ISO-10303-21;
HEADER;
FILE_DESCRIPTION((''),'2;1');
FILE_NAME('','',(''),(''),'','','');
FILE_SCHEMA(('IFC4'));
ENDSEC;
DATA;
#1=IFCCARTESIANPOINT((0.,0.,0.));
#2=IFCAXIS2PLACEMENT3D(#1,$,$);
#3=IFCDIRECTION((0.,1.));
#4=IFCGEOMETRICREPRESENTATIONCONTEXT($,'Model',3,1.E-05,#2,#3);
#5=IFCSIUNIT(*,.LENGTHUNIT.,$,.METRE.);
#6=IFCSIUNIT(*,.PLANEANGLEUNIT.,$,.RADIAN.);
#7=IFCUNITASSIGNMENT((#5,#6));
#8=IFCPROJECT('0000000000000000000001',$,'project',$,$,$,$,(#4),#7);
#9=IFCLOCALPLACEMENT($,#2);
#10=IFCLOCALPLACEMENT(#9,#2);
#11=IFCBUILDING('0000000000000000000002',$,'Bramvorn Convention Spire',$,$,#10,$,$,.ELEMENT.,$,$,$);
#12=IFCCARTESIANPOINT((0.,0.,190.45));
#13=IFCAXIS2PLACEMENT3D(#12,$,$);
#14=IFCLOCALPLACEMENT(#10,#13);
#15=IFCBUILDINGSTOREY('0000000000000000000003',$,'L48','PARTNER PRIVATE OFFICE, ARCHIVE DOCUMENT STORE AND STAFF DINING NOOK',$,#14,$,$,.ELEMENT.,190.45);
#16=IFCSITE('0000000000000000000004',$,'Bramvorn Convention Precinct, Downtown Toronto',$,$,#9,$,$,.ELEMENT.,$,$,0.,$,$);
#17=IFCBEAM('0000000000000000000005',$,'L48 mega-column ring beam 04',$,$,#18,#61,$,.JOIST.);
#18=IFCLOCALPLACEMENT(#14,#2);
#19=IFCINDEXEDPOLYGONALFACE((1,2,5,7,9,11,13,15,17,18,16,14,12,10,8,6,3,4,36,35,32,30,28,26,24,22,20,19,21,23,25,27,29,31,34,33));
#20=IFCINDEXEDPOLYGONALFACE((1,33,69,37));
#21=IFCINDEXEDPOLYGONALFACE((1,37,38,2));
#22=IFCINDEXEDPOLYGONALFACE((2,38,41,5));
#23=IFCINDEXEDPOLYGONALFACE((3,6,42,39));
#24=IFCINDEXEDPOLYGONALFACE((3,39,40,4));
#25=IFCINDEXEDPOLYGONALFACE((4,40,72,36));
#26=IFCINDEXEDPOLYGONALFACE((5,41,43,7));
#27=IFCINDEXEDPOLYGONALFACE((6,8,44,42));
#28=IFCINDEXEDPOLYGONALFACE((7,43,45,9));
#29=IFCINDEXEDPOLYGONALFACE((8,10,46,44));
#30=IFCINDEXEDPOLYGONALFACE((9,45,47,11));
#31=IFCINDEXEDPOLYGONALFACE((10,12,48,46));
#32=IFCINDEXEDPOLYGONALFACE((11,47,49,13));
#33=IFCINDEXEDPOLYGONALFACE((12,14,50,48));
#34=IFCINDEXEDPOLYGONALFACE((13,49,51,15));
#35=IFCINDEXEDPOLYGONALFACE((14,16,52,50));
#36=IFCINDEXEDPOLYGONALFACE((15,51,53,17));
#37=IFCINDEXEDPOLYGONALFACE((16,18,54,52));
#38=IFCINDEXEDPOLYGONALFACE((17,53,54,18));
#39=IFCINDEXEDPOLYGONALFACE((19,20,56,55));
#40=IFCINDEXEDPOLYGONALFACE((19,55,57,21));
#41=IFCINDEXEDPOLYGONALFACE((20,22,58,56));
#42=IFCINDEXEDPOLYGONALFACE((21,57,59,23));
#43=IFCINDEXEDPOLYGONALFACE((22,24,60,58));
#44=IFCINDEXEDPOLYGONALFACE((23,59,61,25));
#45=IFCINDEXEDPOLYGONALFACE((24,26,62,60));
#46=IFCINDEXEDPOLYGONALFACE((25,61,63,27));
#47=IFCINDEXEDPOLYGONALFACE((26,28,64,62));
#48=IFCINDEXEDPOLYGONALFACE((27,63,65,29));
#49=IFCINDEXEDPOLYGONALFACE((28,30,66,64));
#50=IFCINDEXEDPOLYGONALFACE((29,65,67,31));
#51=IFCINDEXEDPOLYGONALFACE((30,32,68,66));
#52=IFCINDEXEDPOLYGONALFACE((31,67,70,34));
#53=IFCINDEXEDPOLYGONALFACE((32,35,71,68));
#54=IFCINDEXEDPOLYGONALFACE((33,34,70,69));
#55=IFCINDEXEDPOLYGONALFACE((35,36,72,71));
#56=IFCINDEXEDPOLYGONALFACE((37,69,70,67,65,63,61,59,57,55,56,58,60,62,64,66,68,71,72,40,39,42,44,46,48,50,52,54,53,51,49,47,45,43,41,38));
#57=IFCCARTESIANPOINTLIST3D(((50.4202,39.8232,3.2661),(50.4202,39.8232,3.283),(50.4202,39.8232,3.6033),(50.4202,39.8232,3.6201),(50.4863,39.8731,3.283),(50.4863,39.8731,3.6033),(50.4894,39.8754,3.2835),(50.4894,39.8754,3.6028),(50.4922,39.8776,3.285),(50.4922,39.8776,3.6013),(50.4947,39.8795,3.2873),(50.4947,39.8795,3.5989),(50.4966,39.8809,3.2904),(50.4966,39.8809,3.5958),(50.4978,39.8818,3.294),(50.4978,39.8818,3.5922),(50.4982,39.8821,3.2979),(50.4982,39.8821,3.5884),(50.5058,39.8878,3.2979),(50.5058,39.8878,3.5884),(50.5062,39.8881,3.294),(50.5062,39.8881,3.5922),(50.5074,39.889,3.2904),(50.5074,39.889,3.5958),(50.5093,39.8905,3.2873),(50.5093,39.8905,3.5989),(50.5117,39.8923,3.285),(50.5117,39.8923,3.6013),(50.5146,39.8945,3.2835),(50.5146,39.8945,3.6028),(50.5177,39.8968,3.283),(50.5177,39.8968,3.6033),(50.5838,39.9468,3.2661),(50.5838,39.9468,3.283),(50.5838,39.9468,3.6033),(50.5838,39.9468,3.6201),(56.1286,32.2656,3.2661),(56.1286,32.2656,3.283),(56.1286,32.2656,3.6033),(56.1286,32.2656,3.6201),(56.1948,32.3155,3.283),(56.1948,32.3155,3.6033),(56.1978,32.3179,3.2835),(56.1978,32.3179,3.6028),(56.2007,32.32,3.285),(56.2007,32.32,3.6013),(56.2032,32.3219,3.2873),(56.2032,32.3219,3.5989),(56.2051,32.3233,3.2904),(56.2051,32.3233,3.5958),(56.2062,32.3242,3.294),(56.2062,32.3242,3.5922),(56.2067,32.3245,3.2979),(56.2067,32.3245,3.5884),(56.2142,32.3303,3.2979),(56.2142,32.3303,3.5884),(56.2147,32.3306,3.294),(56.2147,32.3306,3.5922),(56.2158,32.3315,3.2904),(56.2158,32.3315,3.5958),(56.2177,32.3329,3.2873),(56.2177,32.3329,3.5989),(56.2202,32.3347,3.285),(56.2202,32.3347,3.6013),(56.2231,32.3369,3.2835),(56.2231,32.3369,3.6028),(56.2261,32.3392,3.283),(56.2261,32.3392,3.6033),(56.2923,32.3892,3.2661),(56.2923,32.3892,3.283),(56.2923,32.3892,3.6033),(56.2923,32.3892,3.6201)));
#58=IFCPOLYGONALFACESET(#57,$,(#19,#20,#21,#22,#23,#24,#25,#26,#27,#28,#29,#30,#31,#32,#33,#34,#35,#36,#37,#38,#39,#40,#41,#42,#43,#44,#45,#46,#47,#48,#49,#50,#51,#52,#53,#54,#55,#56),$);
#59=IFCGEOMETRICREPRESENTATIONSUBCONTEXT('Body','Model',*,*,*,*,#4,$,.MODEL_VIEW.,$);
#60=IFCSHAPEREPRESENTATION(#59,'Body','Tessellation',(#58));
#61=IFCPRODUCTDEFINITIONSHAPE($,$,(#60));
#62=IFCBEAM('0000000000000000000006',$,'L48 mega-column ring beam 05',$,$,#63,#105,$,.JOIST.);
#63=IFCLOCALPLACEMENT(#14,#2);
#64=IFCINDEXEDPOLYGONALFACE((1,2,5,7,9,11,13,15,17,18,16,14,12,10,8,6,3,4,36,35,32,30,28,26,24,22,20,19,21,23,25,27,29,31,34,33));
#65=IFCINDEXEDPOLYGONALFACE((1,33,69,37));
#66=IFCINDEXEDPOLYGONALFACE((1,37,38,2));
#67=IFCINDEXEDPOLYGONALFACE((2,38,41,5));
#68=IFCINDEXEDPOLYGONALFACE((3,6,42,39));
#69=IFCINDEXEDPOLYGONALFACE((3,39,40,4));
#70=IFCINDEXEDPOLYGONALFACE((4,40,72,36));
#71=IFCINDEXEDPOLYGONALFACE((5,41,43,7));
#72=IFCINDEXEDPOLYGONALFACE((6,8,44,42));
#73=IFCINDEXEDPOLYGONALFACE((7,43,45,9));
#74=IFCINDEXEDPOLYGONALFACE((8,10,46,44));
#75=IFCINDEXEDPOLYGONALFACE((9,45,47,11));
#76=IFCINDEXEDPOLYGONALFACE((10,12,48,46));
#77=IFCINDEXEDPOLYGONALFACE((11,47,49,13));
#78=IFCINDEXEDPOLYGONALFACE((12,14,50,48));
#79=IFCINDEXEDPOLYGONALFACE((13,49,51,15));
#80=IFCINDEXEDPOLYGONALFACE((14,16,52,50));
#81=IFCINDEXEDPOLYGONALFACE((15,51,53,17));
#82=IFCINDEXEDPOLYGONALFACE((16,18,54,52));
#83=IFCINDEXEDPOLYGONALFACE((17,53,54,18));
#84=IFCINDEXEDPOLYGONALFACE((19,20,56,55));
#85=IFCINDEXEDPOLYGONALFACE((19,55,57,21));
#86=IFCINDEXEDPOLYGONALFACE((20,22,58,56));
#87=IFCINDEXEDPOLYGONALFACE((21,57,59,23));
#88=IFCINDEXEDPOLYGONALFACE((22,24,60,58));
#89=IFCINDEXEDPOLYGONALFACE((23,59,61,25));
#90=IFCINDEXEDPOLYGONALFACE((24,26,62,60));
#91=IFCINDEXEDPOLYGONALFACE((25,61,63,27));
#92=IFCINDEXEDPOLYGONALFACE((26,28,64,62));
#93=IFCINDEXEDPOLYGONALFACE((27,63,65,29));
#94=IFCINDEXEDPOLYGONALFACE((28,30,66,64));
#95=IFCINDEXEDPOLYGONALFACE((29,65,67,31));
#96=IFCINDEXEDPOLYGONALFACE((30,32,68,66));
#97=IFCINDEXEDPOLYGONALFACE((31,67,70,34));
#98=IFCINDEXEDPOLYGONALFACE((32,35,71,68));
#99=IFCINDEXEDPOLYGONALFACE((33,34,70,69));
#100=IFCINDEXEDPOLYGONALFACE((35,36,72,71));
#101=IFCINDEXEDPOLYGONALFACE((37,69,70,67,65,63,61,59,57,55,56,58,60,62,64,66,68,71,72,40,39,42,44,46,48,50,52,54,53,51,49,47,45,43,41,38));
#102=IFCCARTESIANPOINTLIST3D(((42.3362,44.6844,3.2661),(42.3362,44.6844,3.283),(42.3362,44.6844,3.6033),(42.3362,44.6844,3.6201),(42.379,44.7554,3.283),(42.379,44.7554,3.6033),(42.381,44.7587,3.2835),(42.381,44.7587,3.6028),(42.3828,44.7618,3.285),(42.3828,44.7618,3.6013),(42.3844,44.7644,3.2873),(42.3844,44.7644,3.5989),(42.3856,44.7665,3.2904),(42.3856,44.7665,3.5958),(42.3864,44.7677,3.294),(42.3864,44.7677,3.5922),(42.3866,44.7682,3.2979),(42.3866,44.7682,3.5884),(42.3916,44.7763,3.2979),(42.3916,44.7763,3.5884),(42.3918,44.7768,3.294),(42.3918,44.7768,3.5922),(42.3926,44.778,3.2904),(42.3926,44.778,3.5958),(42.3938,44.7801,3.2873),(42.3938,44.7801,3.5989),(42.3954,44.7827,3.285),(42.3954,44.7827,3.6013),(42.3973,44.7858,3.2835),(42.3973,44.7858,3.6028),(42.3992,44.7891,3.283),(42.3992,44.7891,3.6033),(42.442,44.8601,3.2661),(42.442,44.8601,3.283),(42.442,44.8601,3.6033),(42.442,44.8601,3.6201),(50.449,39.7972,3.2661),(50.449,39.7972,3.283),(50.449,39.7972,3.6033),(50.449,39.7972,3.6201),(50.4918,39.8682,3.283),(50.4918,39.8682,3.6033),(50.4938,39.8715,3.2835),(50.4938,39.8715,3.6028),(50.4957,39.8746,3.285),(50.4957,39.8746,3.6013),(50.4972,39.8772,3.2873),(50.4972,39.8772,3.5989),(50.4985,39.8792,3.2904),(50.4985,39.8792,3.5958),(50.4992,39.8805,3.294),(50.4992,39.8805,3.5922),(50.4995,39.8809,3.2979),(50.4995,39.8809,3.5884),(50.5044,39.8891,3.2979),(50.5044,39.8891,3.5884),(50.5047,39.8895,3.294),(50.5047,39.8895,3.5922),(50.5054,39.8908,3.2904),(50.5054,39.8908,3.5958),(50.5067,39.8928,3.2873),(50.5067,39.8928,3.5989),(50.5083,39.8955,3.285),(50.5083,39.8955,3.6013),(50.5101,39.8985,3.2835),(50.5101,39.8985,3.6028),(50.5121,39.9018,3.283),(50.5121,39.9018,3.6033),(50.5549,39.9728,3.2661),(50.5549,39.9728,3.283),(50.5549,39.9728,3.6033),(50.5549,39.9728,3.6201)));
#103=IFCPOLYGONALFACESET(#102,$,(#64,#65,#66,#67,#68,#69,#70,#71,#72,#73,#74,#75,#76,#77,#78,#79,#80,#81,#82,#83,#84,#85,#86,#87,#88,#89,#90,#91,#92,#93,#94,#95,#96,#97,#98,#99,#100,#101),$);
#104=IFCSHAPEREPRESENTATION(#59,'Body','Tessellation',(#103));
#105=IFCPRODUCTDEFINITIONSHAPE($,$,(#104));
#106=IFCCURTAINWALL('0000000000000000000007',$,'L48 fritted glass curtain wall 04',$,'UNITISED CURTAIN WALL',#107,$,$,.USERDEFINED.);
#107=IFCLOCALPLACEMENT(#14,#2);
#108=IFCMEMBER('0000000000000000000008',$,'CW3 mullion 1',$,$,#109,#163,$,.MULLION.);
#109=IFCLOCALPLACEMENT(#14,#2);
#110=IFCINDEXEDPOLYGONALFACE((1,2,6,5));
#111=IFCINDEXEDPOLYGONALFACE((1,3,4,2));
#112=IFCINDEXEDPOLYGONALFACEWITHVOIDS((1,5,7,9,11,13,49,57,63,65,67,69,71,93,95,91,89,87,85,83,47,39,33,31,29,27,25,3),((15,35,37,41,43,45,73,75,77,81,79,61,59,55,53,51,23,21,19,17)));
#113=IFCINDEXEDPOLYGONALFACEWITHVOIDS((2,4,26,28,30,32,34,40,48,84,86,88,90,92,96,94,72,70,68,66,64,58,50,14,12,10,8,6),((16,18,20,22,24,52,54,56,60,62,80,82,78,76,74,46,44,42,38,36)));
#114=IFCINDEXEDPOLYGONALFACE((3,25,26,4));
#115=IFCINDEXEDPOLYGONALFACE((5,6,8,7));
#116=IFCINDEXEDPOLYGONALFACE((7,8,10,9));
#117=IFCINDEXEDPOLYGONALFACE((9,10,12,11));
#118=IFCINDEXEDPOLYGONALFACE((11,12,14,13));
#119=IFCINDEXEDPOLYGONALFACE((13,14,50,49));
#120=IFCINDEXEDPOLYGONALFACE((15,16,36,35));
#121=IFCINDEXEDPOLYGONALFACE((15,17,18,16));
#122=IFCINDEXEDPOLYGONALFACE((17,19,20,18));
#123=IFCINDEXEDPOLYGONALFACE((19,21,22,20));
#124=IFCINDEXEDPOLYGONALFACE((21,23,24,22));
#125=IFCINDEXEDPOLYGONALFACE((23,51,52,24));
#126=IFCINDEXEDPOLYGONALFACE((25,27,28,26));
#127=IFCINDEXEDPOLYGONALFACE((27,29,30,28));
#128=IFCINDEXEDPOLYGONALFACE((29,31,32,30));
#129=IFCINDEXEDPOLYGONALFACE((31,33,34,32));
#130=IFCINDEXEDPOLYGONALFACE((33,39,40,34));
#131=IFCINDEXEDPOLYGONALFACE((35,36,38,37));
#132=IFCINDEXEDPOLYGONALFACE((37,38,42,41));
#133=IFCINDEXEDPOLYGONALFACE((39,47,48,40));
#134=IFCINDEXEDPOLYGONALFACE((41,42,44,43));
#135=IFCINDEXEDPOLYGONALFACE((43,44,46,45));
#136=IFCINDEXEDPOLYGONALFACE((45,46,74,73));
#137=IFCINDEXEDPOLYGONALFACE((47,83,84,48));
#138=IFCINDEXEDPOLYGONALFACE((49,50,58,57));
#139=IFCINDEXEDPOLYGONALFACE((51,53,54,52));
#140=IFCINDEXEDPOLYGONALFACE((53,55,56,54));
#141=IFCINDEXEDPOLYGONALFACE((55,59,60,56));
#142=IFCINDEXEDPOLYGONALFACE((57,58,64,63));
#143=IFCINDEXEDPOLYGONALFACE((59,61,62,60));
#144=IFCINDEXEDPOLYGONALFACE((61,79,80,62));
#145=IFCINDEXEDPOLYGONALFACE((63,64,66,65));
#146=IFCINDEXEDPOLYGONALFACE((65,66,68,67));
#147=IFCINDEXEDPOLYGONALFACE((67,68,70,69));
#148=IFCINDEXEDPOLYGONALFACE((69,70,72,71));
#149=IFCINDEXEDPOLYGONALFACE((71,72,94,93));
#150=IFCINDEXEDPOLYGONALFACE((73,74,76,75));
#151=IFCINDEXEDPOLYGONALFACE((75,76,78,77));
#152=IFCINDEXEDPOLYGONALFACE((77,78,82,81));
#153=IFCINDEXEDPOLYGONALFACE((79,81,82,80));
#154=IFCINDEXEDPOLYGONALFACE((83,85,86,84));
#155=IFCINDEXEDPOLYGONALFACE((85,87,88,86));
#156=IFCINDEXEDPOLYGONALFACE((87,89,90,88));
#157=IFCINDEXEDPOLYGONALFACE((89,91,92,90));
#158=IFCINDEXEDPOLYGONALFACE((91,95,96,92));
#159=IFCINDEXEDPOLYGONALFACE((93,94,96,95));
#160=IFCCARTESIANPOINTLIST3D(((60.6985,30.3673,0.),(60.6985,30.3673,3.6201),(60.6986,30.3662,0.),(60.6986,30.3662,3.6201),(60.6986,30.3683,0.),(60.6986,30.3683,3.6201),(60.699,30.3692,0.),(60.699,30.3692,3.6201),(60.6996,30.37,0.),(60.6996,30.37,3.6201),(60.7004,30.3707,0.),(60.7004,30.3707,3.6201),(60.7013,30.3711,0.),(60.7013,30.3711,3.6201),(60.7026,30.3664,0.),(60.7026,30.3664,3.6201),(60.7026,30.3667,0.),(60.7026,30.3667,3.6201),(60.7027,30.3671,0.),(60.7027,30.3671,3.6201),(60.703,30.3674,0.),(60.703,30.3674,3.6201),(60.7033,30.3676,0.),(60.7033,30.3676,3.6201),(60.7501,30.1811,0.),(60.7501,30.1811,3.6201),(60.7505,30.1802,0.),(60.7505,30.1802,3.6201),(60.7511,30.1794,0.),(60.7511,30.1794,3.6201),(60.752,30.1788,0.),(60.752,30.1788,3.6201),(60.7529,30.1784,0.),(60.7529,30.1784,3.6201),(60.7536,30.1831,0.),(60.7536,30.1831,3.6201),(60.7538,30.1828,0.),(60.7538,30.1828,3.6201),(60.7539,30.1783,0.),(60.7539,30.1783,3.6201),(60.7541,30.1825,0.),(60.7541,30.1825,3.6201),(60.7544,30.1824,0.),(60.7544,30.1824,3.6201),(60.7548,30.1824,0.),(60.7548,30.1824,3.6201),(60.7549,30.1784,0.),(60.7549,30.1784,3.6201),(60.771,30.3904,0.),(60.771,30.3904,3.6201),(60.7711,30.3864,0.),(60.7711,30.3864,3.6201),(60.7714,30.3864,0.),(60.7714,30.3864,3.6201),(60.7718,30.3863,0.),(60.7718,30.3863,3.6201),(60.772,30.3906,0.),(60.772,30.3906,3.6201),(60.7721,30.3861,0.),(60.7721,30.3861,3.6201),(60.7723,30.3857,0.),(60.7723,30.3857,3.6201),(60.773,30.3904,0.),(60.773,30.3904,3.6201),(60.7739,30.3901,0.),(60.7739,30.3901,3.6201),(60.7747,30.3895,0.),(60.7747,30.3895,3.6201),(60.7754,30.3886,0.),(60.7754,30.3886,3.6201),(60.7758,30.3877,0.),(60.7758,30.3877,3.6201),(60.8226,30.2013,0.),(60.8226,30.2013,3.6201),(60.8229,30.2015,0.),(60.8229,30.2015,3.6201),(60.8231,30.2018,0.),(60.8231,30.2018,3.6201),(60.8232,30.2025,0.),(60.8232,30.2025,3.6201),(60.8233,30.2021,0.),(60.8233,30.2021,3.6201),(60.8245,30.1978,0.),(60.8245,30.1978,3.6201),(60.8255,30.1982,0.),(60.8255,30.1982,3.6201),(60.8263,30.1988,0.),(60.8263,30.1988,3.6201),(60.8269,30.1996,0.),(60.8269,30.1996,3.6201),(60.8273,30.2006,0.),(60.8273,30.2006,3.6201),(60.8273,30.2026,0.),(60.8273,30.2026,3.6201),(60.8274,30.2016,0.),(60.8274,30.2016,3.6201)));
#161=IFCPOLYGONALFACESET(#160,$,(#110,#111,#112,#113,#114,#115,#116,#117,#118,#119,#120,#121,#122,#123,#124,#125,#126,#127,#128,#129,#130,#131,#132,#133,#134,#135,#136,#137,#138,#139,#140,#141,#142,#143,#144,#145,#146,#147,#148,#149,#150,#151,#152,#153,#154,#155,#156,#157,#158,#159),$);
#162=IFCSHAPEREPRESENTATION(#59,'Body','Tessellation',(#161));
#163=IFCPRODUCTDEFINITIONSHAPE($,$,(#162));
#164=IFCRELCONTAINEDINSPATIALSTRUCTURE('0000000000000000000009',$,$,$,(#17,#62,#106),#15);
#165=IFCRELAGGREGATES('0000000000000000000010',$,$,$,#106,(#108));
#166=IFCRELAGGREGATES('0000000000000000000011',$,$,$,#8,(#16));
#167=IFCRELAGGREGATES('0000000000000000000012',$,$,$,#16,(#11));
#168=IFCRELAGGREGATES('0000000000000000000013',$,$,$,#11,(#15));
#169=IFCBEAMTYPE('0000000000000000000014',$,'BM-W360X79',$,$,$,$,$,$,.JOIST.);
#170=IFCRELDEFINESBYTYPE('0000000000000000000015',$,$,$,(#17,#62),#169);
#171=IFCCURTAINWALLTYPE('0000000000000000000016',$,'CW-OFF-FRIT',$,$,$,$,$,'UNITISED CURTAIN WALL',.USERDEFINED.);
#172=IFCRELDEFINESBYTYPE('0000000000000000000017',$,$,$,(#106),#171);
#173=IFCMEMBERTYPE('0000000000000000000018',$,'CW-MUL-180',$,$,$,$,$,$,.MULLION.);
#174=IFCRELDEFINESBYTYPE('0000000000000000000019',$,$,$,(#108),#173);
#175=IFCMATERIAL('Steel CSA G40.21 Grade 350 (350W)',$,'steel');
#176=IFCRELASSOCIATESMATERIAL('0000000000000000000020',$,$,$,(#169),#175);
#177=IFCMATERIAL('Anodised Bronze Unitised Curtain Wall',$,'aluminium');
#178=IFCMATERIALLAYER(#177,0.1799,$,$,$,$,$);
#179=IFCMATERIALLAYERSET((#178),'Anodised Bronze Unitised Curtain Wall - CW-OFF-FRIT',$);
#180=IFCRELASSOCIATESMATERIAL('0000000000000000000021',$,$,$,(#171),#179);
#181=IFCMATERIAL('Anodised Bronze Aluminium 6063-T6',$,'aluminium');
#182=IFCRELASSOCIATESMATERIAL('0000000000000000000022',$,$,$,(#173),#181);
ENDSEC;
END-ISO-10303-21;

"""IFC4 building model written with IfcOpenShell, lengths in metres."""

from ifc_helpers import new_model, si_unit, direction, frame, origin, origin_2d, place, context, subcontext, project, spatial, hollow_rectangle, i_section, extrude, material, layer, layer_set, material_profile, profile_set, type_object, element, aggregate, save


model = new_model("IFC4")

# Units and contexts
model_context = context("Model", 3, precision=1e-05, world=origin(), true_north=direction((0.0, 1.0)))
body_context = subcontext(model_context, "Body", "Model", "MODEL_VIEW")
ifc_project = project(units=[si_unit("LENGTHUNIT", "METRE"), si_unit("PLANEANGLEUNIT", "RADIAN")], contexts=[model_context])

# Site, building, storey
site_placement = place(None, origin())
site = spatial("IfcSite", under=ifc_project, at=site_placement, Name="Bramvorn Convention Precinct, Downtown Toronto", CompositionType="ELEMENT", RefElevation=0.0)
building_placement = place(site_placement, origin())
building = spatial("IfcBuilding", under=site, at=building_placement, Name="Bramvorn Convention Spire", CompositionType="ELEMENT")
storey_placement = place(building_placement, frame((0.0, 0.0, 190.45)))
storey = spatial("IfcBuildingStorey", under=building, at=storey_placement, Name="L48", Description="PARTNER PRIVATE OFFICE, ARCHIVE DOCUMENT STORE AND STAFF DINING NOOK", CompositionType="ELEMENT", Elevation=190.45)

# Shared definitions
ifc_material_1 = material(Name="Steel CSA G40.21 Grade 350 (350W)", Category="steel")

# Beams
ifc_material_profile_1 = material_profile(ifc_material_1, i_section(OverallWidth=0.2051, OverallDepth=0.354, WebThickness=0.0095, FlangeThickness=0.0168, FilletRadius=0.0149, at=origin_2d()))
ifc_profile_set_1 = profile_set([ifc_material_profile_1], Name="Steel CSA G40.21 Grade 350 (350W) - W360X79")
beam_type_1 = type_object("IfcBeamType", Name="BM-W360X79", PredefinedType="JOIST", material=ifc_profile_set_1)
for number, where, z_axis, x_axis, name in (
    (1, (56.2104, 32.3274, 3.4431), (-0.602719, 0.797954, 0.0), (-0.797954, -0.602719, 0.0), "L48 mega-column ring beam 04"),
    (2, (50.502, 39.885, 3.4431), (-0.856582, 0.516011, 0.0), (-0.516011, -0.856582, 0.0), "L48 mega-column ring beam 05"),
):
    element("IfcBeam", number, at=place(storey_placement, frame(where, z_axis=z_axis, x_axis=x_axis)), inside=storey, type_object=beam_type_1, Name=name, PredefinedType="JOIST", context=body_context, shape_type="SweptSolid", body=[
        extrude(i_section(OverallWidth=0.2051, OverallDepth=0.354, WebThickness=0.0095, FlangeThickness=0.0168, FilletRadius=0.0149, at=origin_2d()), origin(), (0.0, 0.0, 1.0), 9.4712),
    ])

# Curtain wall, member
ifc_material_2 = material(Name="Anodised Bronze Unitised Curtain Wall", Category="aluminium")
ifc_layer_1 = layer(ifc_material_2, 0.1799)
ifc_layer_set_1 = layer_set([ifc_layer_1], Name="Anodised Bronze Unitised Curtain Wall - CW-OFF-FRIT")
curtain_wall_type = type_object("IfcCurtainWallType", Name="CW-OFF-FRIT", ElementType="UNITISED CURTAIN WALL", PredefinedType="USERDEFINED", material=ifc_layer_set_1)
curtain_wall_1_placement = place(storey_placement, origin())
curtain_wall_1 = element("IfcCurtainWall", 3, at=curtain_wall_1_placement, inside=storey, type_object=curtain_wall_type, Name="L48 fritted glass curtain wall 04", ObjectType="UNITISED CURTAIN WALL", PredefinedType="USERDEFINED")
ifc_material_3 = material(Name="Anodised Bronze Aluminium 6063-T6", Category="aluminium")
ifc_material_profile_2 = material_profile(ifc_material_3, hollow_rectangle(XDim=0.0801, YDim=0.2, WallThickness=0.0039, InnerFilletRadius=0.001, OuterFilletRadius=0.0039, at=origin_2d()))
ifc_profile_set_2 = profile_set([ifc_material_profile_2], Name="Anodised Bronze Aluminium 6063-T6 - CWM80X200")
member_type_1 = type_object("IfcMemberType", Name="CW-MUL-180", PredefinedType="MULLION", material=ifc_profile_set_2)
member_1_placement = place(storey_placement, frame((60.7629, 30.2844, 0.0), z_axis=(0.0, 0.0, 1.0), x_axis=(0.963413, 0.268022, 0.0)))
member_1 = element("IfcMember", 4, at=member_1_placement, type_object=member_type_1, Name="CW3 mullion 1", PredefinedType="MULLION", context=body_context, shape_type="SweptSolid", body=[
    extrude(hollow_rectangle(XDim=0.0801, YDim=0.2, WallThickness=0.0039, InnerFilletRadius=0.001, OuterFilletRadius=0.0039, at=origin_2d()), origin(), (0.0, 0.0, 1.0), 3.6201),
])

aggregate(curtain_wall_1, [member_1])

save(model, "model.ifc")
